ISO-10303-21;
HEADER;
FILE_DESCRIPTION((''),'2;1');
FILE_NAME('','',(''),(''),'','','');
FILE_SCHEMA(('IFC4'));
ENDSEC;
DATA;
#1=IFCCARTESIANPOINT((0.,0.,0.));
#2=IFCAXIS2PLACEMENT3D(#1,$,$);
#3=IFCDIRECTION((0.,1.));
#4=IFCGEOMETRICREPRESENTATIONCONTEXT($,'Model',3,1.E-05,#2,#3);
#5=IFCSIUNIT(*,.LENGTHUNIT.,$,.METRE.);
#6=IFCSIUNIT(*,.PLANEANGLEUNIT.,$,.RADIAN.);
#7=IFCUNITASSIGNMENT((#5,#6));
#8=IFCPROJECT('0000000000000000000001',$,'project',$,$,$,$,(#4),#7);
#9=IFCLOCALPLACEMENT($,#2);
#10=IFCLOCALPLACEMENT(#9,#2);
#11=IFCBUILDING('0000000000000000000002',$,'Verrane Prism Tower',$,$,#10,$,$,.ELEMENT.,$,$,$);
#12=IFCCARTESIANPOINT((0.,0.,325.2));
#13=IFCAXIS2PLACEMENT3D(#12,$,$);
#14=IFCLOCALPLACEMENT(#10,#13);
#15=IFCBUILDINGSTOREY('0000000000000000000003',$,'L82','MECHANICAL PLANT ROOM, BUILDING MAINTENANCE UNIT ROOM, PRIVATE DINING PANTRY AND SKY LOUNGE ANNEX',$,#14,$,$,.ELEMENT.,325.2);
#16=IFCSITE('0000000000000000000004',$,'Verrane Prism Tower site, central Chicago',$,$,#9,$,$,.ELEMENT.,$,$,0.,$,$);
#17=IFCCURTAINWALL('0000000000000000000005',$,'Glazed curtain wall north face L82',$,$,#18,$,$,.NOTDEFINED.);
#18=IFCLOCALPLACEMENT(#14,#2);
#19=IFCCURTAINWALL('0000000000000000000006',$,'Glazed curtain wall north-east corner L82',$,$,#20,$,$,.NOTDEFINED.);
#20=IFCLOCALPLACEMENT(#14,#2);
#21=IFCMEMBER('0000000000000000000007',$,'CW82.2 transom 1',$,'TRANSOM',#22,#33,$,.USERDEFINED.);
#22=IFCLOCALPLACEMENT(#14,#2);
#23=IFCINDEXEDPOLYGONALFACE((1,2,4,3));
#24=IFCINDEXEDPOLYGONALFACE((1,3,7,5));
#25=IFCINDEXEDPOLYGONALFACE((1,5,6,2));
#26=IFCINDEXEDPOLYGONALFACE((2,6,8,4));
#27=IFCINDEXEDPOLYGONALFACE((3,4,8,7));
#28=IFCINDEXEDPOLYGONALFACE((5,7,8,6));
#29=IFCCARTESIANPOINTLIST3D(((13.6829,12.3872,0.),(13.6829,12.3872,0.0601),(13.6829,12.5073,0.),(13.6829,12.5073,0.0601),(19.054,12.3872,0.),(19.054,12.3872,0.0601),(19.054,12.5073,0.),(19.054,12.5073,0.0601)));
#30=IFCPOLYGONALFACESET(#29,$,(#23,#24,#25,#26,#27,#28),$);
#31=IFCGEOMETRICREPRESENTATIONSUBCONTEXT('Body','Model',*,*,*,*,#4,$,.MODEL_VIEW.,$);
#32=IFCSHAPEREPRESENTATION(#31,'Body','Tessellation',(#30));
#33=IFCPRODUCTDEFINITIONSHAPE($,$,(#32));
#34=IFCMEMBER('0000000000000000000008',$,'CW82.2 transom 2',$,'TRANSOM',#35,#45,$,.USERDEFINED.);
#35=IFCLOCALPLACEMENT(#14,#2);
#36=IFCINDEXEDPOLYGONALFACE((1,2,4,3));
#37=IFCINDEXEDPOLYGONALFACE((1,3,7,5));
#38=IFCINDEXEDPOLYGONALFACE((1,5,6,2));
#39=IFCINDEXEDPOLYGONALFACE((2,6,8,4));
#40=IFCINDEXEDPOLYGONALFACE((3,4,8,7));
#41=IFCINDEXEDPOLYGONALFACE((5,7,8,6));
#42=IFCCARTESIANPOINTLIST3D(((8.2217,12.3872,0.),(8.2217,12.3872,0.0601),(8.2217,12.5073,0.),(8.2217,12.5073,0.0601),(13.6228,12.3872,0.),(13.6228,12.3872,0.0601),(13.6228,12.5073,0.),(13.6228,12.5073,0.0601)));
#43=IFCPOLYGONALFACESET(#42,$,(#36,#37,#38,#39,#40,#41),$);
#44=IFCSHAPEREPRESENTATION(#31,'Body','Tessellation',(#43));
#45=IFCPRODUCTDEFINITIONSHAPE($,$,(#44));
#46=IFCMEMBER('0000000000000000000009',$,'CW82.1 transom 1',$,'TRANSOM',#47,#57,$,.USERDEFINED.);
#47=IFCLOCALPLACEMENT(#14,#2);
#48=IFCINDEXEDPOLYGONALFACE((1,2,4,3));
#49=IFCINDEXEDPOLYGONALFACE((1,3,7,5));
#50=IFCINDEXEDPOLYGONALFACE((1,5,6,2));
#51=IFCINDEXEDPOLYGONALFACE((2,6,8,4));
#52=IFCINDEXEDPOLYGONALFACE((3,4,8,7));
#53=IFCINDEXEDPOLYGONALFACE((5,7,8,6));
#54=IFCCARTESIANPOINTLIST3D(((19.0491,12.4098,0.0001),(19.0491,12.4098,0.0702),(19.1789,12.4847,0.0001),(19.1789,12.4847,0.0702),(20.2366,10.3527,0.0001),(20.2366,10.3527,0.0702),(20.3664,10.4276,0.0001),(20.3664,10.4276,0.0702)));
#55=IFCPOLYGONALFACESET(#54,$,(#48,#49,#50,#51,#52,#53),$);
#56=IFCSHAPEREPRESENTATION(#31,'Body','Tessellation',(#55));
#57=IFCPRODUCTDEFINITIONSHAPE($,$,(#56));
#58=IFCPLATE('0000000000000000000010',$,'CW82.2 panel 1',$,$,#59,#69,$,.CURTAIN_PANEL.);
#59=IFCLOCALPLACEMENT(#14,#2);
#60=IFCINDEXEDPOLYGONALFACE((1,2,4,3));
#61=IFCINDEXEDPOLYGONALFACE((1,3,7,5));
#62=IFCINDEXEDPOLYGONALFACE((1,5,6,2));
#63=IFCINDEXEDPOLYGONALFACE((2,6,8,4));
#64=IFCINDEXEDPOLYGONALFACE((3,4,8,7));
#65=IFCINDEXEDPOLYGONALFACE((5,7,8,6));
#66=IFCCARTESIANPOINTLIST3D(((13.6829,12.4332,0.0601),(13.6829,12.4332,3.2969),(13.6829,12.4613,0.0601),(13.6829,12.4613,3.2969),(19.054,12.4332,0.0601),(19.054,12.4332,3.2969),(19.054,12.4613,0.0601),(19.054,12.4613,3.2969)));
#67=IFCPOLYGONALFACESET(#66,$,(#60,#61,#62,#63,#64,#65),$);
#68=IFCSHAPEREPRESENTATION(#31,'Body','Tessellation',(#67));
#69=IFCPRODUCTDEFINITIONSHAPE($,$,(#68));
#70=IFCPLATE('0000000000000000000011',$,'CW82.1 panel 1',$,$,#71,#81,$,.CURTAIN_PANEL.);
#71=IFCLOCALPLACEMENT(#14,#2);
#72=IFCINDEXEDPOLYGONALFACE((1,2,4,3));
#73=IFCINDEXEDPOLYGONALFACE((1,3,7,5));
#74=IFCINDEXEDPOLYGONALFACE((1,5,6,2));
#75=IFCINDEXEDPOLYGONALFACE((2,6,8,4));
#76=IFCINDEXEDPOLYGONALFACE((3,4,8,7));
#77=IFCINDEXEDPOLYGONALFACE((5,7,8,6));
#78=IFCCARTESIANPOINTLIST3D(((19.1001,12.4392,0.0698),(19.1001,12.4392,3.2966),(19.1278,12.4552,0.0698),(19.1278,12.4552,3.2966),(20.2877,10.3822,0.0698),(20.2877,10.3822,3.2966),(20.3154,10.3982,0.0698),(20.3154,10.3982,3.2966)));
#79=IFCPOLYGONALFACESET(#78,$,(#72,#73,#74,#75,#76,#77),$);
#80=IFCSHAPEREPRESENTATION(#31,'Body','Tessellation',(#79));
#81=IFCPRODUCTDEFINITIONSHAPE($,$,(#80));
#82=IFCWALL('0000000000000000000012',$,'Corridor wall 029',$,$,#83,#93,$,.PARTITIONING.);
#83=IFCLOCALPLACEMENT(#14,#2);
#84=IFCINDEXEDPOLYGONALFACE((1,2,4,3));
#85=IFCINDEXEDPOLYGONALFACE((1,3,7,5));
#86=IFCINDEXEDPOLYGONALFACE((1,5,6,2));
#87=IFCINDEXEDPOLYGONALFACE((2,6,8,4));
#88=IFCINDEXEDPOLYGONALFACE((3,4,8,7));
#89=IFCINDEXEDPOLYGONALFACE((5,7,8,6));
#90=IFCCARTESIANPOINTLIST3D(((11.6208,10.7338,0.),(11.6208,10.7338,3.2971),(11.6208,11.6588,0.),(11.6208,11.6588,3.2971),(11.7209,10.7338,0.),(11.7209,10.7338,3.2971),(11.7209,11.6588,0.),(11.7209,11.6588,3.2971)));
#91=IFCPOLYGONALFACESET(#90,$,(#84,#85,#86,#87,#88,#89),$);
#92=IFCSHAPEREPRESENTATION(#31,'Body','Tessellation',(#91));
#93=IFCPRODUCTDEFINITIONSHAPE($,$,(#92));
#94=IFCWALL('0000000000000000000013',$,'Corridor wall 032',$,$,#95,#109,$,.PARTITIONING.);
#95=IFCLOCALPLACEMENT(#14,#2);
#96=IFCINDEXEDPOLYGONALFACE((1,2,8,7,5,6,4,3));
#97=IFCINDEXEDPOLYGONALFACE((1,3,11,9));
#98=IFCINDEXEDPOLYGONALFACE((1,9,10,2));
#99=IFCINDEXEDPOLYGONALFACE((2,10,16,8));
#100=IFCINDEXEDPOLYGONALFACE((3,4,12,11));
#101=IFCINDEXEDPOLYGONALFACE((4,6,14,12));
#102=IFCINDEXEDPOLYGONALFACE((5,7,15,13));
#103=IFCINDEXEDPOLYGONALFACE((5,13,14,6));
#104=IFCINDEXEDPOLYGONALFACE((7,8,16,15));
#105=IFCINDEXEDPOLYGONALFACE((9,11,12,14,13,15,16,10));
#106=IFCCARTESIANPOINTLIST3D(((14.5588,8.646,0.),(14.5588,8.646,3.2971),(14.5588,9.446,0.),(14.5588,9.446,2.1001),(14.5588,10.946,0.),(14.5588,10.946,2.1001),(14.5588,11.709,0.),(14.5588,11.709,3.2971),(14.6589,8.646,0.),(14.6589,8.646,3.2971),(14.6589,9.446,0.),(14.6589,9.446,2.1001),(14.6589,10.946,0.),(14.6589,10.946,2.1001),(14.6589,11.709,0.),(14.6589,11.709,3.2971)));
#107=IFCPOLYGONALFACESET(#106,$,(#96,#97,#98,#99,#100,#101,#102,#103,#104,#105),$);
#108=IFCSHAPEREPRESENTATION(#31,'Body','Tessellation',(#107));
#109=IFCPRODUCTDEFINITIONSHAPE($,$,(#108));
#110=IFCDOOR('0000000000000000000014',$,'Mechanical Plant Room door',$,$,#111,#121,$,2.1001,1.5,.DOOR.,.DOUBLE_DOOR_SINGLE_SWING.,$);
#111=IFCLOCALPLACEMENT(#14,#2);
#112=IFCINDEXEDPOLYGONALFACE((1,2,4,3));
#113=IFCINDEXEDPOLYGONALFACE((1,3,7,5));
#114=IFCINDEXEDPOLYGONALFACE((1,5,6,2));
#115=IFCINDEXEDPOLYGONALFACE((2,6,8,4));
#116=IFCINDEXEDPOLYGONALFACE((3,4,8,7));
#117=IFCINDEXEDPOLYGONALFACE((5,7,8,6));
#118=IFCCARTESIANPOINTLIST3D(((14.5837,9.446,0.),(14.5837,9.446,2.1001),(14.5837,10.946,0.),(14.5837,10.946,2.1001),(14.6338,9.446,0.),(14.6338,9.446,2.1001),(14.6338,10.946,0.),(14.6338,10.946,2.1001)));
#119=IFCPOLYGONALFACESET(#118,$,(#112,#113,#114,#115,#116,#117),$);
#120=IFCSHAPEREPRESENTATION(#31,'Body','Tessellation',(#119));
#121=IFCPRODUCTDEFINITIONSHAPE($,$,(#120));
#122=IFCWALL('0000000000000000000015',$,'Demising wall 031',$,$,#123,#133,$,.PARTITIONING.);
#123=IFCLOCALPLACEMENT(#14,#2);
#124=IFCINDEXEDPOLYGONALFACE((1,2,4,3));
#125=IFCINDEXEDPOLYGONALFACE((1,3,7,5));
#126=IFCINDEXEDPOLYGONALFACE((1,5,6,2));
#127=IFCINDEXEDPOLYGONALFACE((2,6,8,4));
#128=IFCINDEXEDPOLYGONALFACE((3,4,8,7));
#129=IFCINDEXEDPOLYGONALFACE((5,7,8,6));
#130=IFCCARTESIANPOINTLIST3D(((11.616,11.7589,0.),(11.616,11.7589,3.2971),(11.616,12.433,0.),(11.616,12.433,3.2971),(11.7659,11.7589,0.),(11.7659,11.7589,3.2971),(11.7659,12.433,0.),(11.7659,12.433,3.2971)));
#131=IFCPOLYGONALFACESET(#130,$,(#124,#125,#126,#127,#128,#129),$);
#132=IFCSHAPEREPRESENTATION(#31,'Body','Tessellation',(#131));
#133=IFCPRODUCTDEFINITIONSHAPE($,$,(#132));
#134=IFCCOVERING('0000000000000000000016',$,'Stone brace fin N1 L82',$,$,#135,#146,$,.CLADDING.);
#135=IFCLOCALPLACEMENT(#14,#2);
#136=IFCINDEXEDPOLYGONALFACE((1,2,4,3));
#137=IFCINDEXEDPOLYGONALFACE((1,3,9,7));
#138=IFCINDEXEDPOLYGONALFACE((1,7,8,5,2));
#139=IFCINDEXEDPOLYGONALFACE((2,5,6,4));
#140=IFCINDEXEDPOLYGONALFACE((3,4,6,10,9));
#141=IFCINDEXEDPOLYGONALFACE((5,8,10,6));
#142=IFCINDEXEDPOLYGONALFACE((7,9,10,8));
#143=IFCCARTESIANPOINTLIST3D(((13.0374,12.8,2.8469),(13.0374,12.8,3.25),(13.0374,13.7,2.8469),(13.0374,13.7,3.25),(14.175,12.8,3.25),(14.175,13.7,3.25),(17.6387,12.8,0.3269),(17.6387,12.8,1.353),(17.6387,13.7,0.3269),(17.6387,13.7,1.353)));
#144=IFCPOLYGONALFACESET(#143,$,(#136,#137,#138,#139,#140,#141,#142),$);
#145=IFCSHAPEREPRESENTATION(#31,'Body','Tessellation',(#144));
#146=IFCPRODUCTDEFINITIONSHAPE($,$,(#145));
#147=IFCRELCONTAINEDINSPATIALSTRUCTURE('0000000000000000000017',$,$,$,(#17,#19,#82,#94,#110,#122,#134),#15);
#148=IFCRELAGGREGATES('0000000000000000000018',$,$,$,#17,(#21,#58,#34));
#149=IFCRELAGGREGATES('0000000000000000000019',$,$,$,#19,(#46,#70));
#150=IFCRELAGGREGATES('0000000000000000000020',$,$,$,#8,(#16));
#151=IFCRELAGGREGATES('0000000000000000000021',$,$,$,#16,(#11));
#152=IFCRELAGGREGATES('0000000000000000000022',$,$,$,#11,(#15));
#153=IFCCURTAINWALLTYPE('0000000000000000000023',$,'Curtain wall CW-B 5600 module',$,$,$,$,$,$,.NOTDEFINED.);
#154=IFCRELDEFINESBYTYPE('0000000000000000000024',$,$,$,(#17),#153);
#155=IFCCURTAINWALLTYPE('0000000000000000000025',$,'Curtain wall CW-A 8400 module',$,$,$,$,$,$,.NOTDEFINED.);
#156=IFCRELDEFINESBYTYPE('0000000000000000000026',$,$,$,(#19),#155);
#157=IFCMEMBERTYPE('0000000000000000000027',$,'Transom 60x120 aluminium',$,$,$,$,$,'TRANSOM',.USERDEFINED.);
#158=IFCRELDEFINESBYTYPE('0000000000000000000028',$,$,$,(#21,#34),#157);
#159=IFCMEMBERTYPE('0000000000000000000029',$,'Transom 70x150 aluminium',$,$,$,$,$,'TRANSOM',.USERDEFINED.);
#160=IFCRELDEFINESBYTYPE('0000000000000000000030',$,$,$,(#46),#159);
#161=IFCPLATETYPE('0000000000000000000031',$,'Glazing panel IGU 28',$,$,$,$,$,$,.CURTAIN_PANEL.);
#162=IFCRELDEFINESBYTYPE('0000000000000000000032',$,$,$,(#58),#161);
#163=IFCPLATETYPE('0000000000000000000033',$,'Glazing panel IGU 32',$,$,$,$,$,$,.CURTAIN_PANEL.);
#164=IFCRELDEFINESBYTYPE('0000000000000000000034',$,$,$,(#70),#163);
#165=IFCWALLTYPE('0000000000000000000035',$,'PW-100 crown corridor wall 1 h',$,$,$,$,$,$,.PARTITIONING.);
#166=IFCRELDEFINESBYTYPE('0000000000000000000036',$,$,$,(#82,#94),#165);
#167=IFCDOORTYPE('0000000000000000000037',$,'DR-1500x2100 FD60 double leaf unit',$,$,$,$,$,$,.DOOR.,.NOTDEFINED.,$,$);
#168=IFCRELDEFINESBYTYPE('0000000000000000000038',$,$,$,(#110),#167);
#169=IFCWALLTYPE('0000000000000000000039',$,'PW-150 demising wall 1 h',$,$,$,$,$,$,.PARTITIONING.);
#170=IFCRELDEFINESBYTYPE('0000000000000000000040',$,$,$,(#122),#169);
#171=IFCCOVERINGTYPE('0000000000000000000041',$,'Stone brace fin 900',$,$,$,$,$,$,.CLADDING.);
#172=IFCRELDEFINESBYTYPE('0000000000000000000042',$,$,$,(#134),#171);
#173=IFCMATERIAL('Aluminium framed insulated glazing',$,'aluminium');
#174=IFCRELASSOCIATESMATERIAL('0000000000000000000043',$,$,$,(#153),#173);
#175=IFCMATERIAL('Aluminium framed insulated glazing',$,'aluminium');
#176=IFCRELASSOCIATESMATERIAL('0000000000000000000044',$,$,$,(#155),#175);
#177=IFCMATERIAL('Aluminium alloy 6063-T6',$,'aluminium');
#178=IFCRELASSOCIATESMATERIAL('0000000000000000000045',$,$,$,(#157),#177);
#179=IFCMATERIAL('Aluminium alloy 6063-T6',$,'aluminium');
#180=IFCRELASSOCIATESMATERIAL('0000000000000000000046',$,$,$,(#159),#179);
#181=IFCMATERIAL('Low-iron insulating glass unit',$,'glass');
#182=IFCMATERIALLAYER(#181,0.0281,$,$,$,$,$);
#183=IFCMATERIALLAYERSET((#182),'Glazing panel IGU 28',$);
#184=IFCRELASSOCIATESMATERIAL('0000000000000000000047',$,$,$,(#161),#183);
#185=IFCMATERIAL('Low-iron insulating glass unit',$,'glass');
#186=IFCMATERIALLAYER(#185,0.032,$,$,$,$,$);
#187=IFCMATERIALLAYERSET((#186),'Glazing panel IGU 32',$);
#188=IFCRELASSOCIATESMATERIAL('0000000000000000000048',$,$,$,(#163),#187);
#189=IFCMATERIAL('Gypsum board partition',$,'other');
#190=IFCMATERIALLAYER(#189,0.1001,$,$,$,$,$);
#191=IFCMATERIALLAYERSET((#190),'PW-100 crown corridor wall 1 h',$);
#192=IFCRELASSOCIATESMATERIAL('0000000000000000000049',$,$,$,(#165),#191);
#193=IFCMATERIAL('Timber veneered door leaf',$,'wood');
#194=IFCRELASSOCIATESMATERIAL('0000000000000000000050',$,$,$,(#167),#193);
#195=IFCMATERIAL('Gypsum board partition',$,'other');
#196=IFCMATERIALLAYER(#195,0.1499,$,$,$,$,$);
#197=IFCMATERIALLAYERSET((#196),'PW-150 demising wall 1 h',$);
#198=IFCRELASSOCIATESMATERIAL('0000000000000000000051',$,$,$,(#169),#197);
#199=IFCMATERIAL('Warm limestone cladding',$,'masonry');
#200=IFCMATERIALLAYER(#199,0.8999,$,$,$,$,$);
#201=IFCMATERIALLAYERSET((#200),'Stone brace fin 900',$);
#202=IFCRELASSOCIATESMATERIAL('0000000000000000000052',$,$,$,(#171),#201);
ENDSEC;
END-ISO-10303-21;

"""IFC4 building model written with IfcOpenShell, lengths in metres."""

from ifc_helpers import new_model, si_unit, direction, frame, frame_2d, origin, origin_2d, place, context, subcontext, project, spatial, polyline, rectangle, outline, extrude, material, layer, layer_set, material_profile, profile_set, type_object, element, fill, aggregate, save


model = new_model("IFC4")

# Units and contexts
model_context = context("Model", 3, precision=1e-05, world=origin(), true_north=direction((0.0, 1.0)))
body_context = subcontext(model_context, "Body", "Model", "MODEL_VIEW")
ifc_project = project(units=[si_unit("LENGTHUNIT", "METRE"), si_unit("PLANEANGLEUNIT", "RADIAN")], contexts=[model_context])

# Site, building, storey
site_placement = place(None, origin())
site = spatial("IfcSite", under=ifc_project, at=site_placement, Name="Verrane Prism Tower site, central Chicago", CompositionType="ELEMENT", RefElevation=0.0)
building_placement = place(site_placement, origin())
building = spatial("IfcBuilding", under=site, at=building_placement, Name="Verrane Prism Tower", CompositionType="ELEMENT")
storey_placement = place(building_placement, frame((0.0, 0.0, 325.2)))
storey = spatial("IfcBuildingStorey", under=building, at=storey_placement, Name="L82", Description="MECHANICAL PLANT ROOM, BUILDING MAINTENANCE UNIT ROOM, PRIVATE DINING PANTRY AND SKY LOUNGE ANNEX", CompositionType="ELEMENT", Elevation=325.2)

# Curtain wall
ifc_material_1 = material(Name="Aluminium framed insulated glazing", Category="aluminium")
curtain_wall_type_1 = type_object("IfcCurtainWallType", Name="Curtain wall CW-B 5600 module", PredefinedType="NOTDEFINED", material=ifc_material_1)
curtain_wall_1_placement = place(storey_placement, origin())
curtain_wall_1 = element("IfcCurtainWall", 1, at=curtain_wall_1_placement, inside=storey, type_object=curtain_wall_type_1, Name="Glazed curtain wall north face L82", PredefinedType="NOTDEFINED")

# Curtain wall
ifc_material_2 = material(Name="Aluminium framed insulated glazing", Category="aluminium")
curtain_wall_type_2 = type_object("IfcCurtainWallType", Name="Curtain wall CW-A 8400 module", PredefinedType="NOTDEFINED", material=ifc_material_2)
curtain_wall_2_placement = place(storey_placement, origin())
curtain_wall_2 = element("IfcCurtainWall", 2, at=curtain_wall_2_placement, inside=storey, type_object=curtain_wall_type_2, Name="Glazed curtain wall north-east corner L82", PredefinedType="NOTDEFINED")

# Members
ifc_material_3 = material(Name="Aluminium alloy 6063-T6", Category="aluminium")
ifc_material_profile_1 = material_profile(ifc_material_3, rectangle(XDim=0.1201, YDim=0.0601, at=origin_2d()), Name="Transom 60x120 aluminium")
ifc_profile_set_1 = profile_set([ifc_material_profile_1], Name="Aluminium alloy 6063-T6")
member_type_1 = type_object("IfcMemberType", Name="Transom 60x120 aluminium", ElementType="TRANSOM", PredefinedType="USERDEFINED", material=ifc_profile_set_1)
member_1_placement = place(storey_placement, frame((19.054, 12.4473, 0.03), z_axis=(-1.0, 0.0, 0.0), x_axis=(0.0, -1.0, 0.0)))
member_1 = element("IfcMember", 3, at=member_1_placement, type_object=member_type_1, Name="CW82.2 transom 1", ObjectType="TRANSOM", PredefinedType="USERDEFINED", context=body_context, shape_type="SweptSolid", body=[
    extrude(rectangle(XDim=0.1201, YDim=0.0601, at=origin_2d()), origin(), (0.0, 0.0, 1.0), 5.3711),
])
member_2_placement = place(storey_placement, frame((13.6228, 12.4473, 0.03), z_axis=(-1.0, 0.0, 0.0), x_axis=(0.0, -1.0, 0.0)))
member_2 = element("IfcMember", 4, at=member_2_placement, type_object=member_type_1, Name="CW82.2 transom 2", ObjectType="TRANSOM", PredefinedType="USERDEFINED", context=body_context, shape_type="SweptSolid", body=[
    extrude(rectangle(XDim=0.1201, YDim=0.0601, at=origin_2d()), origin(), (0.0, 0.0, 1.0), 5.4011),
])
ifc_material_4 = material(Name="Aluminium alloy 6063-T6", Category="aluminium")
ifc_material_profile_2 = material_profile(ifc_material_4, rectangle(XDim=0.1499, YDim=0.0701, at=origin_2d()), Name="Transom 70x150 aluminium")
ifc_profile_set_2 = profile_set([ifc_material_profile_2], Name="Aluminium alloy 6063-T6")
member_type_2 = type_object("IfcMemberType", Name="Transom 70x150 aluminium", ElementType="TRANSOM", PredefinedType="USERDEFINED", material=ifc_profile_set_2)
member_3_placement = place(storey_placement, frame((20.3015, 10.3901, 0.0352), z_axis=(-0.499942, 0.866059, 0.0), x_axis=(-0.866059, -0.499942, 0.0)))
member_3 = element("IfcMember", 5, at=member_3_placement, type_object=member_type_2, Name="CW82.1 transom 1", ObjectType="TRANSOM", PredefinedType="USERDEFINED", context=body_context, shape_type="SweptSolid", body=[
    extrude(rectangle(XDim=0.1499, YDim=0.0701, at=origin_2d()), origin(), (0.0, 0.0, 1.0), 2.3752),
])

# Plates
ifc_material_5 = material(Name="Low-iron insulating glass unit", Category="glass")
ifc_layer_1 = layer(ifc_material_5, 0.0281)
ifc_layer_set_1 = layer_set([ifc_layer_1], Name="Glazing panel IGU 28")
plate_type_1 = type_object("IfcPlateType", Name="Glazing panel IGU 28", PredefinedType="CURTAIN_PANEL", material=ifc_layer_set_1)
plate_1_placement = place(storey_placement, frame((16.3684, 12.4473, 0.0601), z_axis=(0.0, 0.0, 1.0), x_axis=(-1.0, 0.0, 0.0)))
plate_1 = element("IfcPlate", 6, at=plate_1_placement, type_object=plate_type_1, Name="CW82.2 panel 1", PredefinedType="CURTAIN_PANEL", context=body_context, shape_type="SweptSolid", body=[
    extrude(rectangle(XDim=5.3711, YDim=0.0281, at=origin_2d()), origin(), (0.0, 0.0, 1.0), 3.2368),
])
aggregate(curtain_wall_1, [member_1, plate_1, member_2])
ifc_material_6 = material(Name="Low-iron insulating glass unit", Category="glass")
ifc_layer_2 = layer(ifc_material_6, 0.032)
ifc_layer_set_2 = layer_set([ifc_layer_2], Name="Glazing panel IGU 32")
plate_type_2 = type_object("IfcPlateType", Name="Glazing panel IGU 32", PredefinedType="CURTAIN_PANEL", material=ifc_layer_set_2)
plate_2_placement = place(storey_placement, frame((19.7078, 11.4187, 0.0698), z_axis=(0.0, 0.0, 1.0), x_axis=(-0.500001, 0.866025, 0.0)))
plate_2 = element("IfcPlate", 7, at=plate_2_placement, type_object=plate_type_2, Name="CW82.1 panel 1", PredefinedType="CURTAIN_PANEL", context=body_context, shape_type="SweptSolid", body=[
    extrude(rectangle(XDim=2.3752, YDim=0.032, at=origin_2d()), origin(), (0.0, 0.0, 1.0), 3.2268),
])
aggregate(curtain_wall_2, [member_3, plate_2])

# Wall
ifc_material_7 = material(Name="Gypsum board partition", Category="other")
ifc_layer_3 = layer(ifc_material_7, 0.1001)
ifc_layer_set_3 = layer_set([ifc_layer_3], Name="PW-100 crown corridor wall 1 h")
wall_type_1 = type_object("IfcWallType", Name="PW-100 crown corridor wall 1 h", PredefinedType="PARTITIONING", material=ifc_layer_set_3)
wall_1_placement = place(storey_placement, frame((11.6709, 10.7339, 0.0), z_axis=(0.0, 0.0, 1.0), x_axis=(0.0, 1.0, 0.0)))
element("IfcWall", 8, at=wall_1_placement, inside=storey, type_object=wall_type_1, Name="Corridor wall 029", PredefinedType="PARTITIONING", context=body_context, shape_type="SweptSolid", body=[
    extrude(rectangle(XDim=0.925, YDim=0.1001, at=frame_2d((0.4624, 0.0))), origin(), (0.0, 0.0, 1.0), 3.2971),
])

# Wall, opening, door
wall_2_placement = place(storey_placement, frame((14.6089, 11.709, 0.0), z_axis=(0.0, 0.0, 1.0), x_axis=(0.0, -1.0, 0.0)))
wall_2 = element("IfcWall", 9, at=wall_2_placement, inside=storey, type_object=wall_type_1, Name="Corridor wall 032", PredefinedType="PARTITIONING", context=body_context, shape_type="SweptSolid", body=[
    extrude(rectangle(XDim=3.063, YDim=0.1001, at=frame_2d((1.5315, 0.0))), origin(), (0.0, 0.0, 1.0), 3.2971),
])
opening_placement = place(wall_2_placement, frame((0.7629, 0.0, 0.0)))
opening = element("IfcOpeningElement", 10, at=opening_placement, cuts=wall_2, PredefinedType="OPENING", context=body_context, shape_type="SweptSolid", body=[
    extrude(rectangle(XDim=1.5, YDim=2.1001, at=frame_2d((0.75, 1.05))), frame((0.0, 0.0601, 0.0), z_axis=(0.0, -1.0, 0.0), x_axis=(1.0, 0.0, 0.0)), (0.0, 0.0, 1.0), 0.1201),
])
ifc_material_8 = material(Name="Timber veneered door leaf", Category="wood")
door_type = type_object("IfcDoorType", Name="DR-1500x2100 FD60 double leaf unit", OperationType="NOTDEFINED", PredefinedType="DOOR", material=ifc_material_8)
door_placement = place(opening_placement, origin())
door = element("IfcDoor", 11, at=door_placement, inside=storey, type_object=door_type, Name="Mechanical Plant Room door", OperationType="DOUBLE_DOOR_SINGLE_SWING", OverallHeight=2.1001, OverallWidth=1.5, PredefinedType="DOOR", context=body_context, shape_type="SweptSolid", body=[
    extrude(rectangle(XDim=1.5, YDim=2.1001, at=frame_2d((0.75, 1.05))), frame((0.0, 0.0249, 0.0), z_axis=(0.0, -1.0, 0.0), x_axis=(1.0, 0.0, 0.0)), (0.0, 0.0, 1.0), 0.05),
])
fill(opening, door)

# Wall
ifc_material_9 = material(Name="Gypsum board partition", Category="other")
ifc_layer_4 = layer(ifc_material_9, 0.1499)
ifc_layer_set_4 = layer_set([ifc_layer_4], Name="PW-150 demising wall 1 h")
wall_type_2 = type_object("IfcWallType", Name="PW-150 demising wall 1 h", PredefinedType="PARTITIONING", material=ifc_layer_set_4)
wall_3_placement = place(storey_placement, frame((11.6909, 11.759, 0.0), z_axis=(0.0, 0.0, 1.0), x_axis=(0.0, 1.0, 0.0)))
element("IfcWall", 12, at=wall_3_placement, inside=storey, type_object=wall_type_2, Name="Demising wall 031", PredefinedType="PARTITIONING", context=body_context, shape_type="SweptSolid", body=[
    extrude(rectangle(XDim=0.6741, YDim=0.1499, at=frame_2d((0.3369, 0.0))), origin(), (0.0, 0.0, 1.0), 3.2971),
])

# Covering
ifc_material_10 = material(Name="Warm limestone cladding", Category="masonry")
ifc_layer_5 = layer(ifc_material_10, 0.8999)
ifc_layer_set_5 = layer_set([ifc_layer_5], Name="Stone brace fin 900")
covering_type = type_object("IfcCoveringType", Name="Stone brace fin 900", PredefinedType="CLADDING", material=ifc_layer_set_5)
covering_placement = place(storey_placement, frame((17.6387, 13.25, 0.3269), z_axis=(0.0, 0.0, 1.0), x_axis=(-1.0, 0.0, 0.0)))
element("IfcCovering", 13, at=covering_placement, inside=storey, type_object=covering_type, Name="Stone brace fin N1 L82", PredefinedType="CLADDING", context=body_context, shape_type="SweptSolid", body=[
    extrude(outline(polyline([(4.6013, 2.9231), (3.4636, 2.9231), (0.0, 1.0261), (0.0, 0.0), (4.6013, 2.52), (4.6013, 2.9231)])), frame((0.0, 0.45, 0.0), z_axis=(0.0, -1.0, 0.0), x_axis=(1.0, 0.0, 0.0)), (0.0, 0.0, 1.0), 0.8999),
])

save(model, "model.ifc")
